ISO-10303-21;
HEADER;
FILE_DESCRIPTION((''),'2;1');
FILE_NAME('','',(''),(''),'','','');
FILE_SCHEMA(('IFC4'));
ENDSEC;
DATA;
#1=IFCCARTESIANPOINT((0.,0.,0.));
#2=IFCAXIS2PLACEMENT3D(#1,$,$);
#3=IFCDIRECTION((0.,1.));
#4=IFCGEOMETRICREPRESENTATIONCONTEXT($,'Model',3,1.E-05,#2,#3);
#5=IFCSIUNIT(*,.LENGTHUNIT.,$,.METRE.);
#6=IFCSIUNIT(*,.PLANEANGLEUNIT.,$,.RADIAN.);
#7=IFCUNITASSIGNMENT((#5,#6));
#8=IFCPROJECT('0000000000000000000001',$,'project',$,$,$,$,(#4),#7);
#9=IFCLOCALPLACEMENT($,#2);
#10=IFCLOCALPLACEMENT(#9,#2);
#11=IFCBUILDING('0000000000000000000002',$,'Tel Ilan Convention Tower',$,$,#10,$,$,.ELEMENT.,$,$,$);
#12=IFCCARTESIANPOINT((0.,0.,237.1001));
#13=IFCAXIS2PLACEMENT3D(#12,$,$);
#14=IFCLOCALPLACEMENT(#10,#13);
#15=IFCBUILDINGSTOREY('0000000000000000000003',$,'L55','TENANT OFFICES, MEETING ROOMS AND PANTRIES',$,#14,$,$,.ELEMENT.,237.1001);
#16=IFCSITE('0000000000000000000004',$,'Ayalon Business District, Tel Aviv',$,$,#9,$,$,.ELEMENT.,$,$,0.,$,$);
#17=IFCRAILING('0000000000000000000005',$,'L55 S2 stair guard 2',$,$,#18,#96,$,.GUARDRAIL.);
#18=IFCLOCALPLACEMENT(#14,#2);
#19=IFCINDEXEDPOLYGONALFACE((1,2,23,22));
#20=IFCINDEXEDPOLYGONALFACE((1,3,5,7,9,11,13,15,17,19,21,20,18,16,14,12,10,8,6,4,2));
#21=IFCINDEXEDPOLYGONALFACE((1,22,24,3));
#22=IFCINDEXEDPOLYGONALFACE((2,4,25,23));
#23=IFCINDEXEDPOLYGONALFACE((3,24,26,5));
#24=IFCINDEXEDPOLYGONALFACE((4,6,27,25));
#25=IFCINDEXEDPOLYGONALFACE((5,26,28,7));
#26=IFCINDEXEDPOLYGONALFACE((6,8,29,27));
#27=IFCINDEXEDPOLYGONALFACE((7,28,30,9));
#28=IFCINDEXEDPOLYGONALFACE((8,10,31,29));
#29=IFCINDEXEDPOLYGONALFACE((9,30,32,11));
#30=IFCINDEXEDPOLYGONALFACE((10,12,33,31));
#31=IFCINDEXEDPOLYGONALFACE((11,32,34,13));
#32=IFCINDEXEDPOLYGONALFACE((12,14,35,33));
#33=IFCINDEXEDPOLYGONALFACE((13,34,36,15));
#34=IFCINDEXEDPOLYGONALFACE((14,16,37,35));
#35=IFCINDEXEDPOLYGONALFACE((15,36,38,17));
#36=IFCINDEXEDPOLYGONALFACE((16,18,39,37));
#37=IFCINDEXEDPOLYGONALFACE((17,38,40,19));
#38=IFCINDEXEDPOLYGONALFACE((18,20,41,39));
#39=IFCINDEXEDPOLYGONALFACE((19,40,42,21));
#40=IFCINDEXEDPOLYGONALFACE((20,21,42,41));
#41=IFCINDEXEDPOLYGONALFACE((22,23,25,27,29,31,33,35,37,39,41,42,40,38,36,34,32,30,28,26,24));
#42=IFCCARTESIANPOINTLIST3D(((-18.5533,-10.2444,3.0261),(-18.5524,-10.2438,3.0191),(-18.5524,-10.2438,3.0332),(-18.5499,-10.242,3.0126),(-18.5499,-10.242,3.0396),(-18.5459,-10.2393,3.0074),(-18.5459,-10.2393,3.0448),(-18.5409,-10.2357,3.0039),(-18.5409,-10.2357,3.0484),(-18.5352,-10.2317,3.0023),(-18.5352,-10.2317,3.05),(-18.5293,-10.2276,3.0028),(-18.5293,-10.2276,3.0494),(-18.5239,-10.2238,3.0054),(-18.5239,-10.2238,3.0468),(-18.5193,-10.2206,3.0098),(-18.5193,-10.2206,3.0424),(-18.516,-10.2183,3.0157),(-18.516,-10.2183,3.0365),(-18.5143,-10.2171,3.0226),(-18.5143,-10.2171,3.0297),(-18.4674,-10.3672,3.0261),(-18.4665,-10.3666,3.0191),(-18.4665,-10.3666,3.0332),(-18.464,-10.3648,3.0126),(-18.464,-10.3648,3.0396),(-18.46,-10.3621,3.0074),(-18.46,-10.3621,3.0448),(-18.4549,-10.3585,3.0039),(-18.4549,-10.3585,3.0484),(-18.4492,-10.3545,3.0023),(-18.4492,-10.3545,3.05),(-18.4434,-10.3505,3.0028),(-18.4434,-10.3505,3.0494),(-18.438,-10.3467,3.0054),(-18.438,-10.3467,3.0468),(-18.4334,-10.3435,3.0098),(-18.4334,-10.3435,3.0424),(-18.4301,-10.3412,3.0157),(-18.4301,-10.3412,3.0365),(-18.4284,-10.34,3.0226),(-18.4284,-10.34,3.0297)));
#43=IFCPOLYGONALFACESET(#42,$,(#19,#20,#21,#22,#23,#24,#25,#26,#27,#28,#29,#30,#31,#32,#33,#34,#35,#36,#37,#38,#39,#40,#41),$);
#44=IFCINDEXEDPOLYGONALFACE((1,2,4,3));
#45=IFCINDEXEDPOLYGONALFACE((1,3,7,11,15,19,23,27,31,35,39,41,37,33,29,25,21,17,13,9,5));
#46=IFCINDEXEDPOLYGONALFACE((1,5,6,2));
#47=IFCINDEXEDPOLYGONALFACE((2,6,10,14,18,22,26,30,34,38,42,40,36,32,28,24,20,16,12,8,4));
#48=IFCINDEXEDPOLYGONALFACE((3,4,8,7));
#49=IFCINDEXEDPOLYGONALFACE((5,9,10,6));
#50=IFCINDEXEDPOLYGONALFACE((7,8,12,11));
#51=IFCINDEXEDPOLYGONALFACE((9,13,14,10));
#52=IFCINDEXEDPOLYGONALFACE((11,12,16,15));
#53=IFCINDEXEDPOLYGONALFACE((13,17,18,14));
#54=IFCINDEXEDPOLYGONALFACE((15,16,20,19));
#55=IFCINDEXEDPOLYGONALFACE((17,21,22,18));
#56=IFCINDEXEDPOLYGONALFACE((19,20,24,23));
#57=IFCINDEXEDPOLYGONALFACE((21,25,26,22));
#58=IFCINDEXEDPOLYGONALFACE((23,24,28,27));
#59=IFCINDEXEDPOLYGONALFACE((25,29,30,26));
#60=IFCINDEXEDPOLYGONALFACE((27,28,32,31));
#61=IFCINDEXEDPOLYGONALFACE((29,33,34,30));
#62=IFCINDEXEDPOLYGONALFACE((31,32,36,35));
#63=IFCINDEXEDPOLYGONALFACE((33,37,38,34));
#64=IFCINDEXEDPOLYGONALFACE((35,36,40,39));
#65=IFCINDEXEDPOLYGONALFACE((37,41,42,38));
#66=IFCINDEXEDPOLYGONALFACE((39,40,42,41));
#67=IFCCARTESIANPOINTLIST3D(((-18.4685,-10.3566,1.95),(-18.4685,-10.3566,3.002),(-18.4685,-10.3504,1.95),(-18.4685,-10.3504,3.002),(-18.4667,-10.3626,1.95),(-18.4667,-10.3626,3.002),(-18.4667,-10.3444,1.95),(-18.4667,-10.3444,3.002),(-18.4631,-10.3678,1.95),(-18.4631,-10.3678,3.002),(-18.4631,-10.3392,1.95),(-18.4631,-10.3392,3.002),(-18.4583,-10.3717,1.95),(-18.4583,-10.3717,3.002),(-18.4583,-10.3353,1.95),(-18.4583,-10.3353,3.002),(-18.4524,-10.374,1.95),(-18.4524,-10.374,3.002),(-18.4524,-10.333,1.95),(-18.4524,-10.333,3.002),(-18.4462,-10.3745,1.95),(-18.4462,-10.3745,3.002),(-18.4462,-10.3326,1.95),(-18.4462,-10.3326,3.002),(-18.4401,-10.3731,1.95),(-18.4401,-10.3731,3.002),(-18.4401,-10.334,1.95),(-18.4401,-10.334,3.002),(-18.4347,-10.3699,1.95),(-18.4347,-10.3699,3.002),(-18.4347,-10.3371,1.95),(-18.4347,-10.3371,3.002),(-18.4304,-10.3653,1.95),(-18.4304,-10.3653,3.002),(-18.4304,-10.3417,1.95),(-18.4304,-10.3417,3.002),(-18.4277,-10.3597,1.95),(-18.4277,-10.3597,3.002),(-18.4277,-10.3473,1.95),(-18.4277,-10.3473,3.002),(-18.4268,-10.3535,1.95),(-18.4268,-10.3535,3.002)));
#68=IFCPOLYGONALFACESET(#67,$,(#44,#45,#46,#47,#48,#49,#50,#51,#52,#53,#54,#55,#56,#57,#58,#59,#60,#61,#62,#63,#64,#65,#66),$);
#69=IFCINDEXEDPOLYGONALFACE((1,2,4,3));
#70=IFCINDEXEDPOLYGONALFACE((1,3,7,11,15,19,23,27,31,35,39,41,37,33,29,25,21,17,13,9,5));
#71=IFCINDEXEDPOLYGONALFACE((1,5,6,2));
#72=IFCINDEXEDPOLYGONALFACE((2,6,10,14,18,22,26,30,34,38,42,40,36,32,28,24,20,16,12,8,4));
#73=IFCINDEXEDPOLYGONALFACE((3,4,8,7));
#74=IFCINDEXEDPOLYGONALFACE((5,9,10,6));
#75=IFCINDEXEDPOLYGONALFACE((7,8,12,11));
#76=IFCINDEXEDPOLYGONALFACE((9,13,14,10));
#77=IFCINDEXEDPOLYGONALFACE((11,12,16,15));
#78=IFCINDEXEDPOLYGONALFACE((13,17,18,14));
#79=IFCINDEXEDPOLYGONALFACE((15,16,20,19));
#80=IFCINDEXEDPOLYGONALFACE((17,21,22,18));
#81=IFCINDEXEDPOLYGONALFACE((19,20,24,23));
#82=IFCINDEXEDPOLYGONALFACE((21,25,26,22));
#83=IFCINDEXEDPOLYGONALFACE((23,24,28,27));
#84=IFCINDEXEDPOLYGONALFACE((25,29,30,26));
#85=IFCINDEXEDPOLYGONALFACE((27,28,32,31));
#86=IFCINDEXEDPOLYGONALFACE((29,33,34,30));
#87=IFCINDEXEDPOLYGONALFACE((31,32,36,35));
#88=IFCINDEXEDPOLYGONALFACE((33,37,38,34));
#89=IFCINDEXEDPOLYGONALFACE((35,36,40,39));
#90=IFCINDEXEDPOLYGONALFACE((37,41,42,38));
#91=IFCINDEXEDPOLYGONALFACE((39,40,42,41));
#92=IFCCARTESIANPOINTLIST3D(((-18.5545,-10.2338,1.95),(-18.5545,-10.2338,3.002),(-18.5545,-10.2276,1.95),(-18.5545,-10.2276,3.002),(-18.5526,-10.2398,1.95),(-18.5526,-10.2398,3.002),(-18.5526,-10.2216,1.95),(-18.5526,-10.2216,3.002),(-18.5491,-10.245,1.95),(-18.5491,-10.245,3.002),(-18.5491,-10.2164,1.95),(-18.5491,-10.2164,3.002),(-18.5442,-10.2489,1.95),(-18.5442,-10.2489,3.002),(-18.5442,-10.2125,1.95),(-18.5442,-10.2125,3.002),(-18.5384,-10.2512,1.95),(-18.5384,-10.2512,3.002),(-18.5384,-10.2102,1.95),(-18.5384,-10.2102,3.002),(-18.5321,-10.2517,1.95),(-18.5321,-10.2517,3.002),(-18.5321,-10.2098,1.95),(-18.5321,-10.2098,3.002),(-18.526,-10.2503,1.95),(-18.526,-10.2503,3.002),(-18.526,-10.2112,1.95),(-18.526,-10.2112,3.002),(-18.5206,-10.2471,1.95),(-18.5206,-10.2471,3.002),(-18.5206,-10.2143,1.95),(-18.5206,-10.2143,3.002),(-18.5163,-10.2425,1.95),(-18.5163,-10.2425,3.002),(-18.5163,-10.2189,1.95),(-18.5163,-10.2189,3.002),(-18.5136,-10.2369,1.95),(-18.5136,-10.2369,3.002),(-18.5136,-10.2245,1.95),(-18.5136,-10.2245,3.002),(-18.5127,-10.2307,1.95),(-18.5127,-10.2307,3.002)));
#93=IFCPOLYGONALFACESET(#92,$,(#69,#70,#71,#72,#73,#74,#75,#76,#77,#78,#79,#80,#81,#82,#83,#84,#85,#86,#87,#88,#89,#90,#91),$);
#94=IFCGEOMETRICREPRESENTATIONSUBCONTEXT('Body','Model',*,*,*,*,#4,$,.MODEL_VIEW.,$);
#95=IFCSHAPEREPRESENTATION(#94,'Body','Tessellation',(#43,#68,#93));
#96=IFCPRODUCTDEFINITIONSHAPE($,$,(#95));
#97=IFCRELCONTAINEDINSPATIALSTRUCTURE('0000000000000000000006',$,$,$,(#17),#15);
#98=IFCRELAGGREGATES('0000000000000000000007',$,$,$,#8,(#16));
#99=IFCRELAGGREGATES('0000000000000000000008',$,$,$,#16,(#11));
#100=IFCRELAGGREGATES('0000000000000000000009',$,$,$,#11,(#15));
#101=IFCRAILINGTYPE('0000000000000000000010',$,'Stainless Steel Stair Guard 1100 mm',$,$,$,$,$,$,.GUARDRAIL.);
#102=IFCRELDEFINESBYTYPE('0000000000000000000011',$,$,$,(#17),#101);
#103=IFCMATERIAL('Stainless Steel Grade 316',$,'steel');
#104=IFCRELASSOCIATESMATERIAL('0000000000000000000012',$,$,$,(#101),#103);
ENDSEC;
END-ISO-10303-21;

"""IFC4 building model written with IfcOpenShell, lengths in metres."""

from ifc_helpers import new_model, si_unit, direction, frame, origin, origin_2d, place, context, subcontext, project, spatial, circle, extrude, material, type_object, element, save


model = new_model("IFC4")

# Units and contexts
model_context = context("Model", 3, precision=1e-05, world=origin(), true_north=direction((0.0, 1.0)))
body_context = subcontext(model_context, "Body", "Model", "MODEL_VIEW")
ifc_project = project(units=[si_unit("LENGTHUNIT", "METRE"), si_unit("PLANEANGLEUNIT", "RADIAN")], contexts=[model_context])

# Site, building, storey
site_placement = place(None, origin())
site = spatial("IfcSite", under=ifc_project, at=site_placement, Name="Ayalon Business District, Tel Aviv", CompositionType="ELEMENT", RefElevation=0.0)
building_placement = place(site_placement, origin())
building = spatial("IfcBuilding", under=site, at=building_placement, Name="Tel Ilan Convention Tower", CompositionType="ELEMENT")
storey_placement = place(building_placement, frame((0.0, 0.0, 237.1001)))
storey = spatial("IfcBuildingStorey", under=building, at=storey_placement, Name="L55", Description="TENANT OFFICES, MEETING ROOMS AND PANTRIES", CompositionType="ELEMENT", Elevation=237.1001)

# Railing
ifc_material_1 = material(Name="Stainless Steel Grade 316", Category="steel")
railing_type_1 = type_object("IfcRailingType", Name="Stainless Steel Stair Guard 1100 mm", PredefinedType="GUARDRAIL", material=ifc_material_1)
railing_1_placement = place(storey_placement, frame((-18.4478, -10.3535, 1.95)))
element("IfcRailing", 1, at=railing_1_placement, inside=storey, type_object=railing_type_1, Name="L55 S2 stair guard 2", PredefinedType="GUARDRAIL", context=body_context, shape_type="SweptSolid", body=[
    extrude(circle(Radius=0.0239, at=origin_2d()), frame((0.0, 0.0, 1.0762), z_axis=(-0.573353, 0.819308, 0.0), x_axis=(-0.819308, -0.573353, 0.0)), (0.0, 0.0, 1.0), 0.1499),
    extrude(circle(Radius=0.021, at=origin_2d()), origin(), (0.0, 0.0, 1.0), 1.052),
    extrude(circle(Radius=0.021, at=origin_2d()), frame((-0.0859, 0.1228, 0.0)), (0.0, 0.0, 1.0), 1.052),
])

save(model, "model.ifc")
